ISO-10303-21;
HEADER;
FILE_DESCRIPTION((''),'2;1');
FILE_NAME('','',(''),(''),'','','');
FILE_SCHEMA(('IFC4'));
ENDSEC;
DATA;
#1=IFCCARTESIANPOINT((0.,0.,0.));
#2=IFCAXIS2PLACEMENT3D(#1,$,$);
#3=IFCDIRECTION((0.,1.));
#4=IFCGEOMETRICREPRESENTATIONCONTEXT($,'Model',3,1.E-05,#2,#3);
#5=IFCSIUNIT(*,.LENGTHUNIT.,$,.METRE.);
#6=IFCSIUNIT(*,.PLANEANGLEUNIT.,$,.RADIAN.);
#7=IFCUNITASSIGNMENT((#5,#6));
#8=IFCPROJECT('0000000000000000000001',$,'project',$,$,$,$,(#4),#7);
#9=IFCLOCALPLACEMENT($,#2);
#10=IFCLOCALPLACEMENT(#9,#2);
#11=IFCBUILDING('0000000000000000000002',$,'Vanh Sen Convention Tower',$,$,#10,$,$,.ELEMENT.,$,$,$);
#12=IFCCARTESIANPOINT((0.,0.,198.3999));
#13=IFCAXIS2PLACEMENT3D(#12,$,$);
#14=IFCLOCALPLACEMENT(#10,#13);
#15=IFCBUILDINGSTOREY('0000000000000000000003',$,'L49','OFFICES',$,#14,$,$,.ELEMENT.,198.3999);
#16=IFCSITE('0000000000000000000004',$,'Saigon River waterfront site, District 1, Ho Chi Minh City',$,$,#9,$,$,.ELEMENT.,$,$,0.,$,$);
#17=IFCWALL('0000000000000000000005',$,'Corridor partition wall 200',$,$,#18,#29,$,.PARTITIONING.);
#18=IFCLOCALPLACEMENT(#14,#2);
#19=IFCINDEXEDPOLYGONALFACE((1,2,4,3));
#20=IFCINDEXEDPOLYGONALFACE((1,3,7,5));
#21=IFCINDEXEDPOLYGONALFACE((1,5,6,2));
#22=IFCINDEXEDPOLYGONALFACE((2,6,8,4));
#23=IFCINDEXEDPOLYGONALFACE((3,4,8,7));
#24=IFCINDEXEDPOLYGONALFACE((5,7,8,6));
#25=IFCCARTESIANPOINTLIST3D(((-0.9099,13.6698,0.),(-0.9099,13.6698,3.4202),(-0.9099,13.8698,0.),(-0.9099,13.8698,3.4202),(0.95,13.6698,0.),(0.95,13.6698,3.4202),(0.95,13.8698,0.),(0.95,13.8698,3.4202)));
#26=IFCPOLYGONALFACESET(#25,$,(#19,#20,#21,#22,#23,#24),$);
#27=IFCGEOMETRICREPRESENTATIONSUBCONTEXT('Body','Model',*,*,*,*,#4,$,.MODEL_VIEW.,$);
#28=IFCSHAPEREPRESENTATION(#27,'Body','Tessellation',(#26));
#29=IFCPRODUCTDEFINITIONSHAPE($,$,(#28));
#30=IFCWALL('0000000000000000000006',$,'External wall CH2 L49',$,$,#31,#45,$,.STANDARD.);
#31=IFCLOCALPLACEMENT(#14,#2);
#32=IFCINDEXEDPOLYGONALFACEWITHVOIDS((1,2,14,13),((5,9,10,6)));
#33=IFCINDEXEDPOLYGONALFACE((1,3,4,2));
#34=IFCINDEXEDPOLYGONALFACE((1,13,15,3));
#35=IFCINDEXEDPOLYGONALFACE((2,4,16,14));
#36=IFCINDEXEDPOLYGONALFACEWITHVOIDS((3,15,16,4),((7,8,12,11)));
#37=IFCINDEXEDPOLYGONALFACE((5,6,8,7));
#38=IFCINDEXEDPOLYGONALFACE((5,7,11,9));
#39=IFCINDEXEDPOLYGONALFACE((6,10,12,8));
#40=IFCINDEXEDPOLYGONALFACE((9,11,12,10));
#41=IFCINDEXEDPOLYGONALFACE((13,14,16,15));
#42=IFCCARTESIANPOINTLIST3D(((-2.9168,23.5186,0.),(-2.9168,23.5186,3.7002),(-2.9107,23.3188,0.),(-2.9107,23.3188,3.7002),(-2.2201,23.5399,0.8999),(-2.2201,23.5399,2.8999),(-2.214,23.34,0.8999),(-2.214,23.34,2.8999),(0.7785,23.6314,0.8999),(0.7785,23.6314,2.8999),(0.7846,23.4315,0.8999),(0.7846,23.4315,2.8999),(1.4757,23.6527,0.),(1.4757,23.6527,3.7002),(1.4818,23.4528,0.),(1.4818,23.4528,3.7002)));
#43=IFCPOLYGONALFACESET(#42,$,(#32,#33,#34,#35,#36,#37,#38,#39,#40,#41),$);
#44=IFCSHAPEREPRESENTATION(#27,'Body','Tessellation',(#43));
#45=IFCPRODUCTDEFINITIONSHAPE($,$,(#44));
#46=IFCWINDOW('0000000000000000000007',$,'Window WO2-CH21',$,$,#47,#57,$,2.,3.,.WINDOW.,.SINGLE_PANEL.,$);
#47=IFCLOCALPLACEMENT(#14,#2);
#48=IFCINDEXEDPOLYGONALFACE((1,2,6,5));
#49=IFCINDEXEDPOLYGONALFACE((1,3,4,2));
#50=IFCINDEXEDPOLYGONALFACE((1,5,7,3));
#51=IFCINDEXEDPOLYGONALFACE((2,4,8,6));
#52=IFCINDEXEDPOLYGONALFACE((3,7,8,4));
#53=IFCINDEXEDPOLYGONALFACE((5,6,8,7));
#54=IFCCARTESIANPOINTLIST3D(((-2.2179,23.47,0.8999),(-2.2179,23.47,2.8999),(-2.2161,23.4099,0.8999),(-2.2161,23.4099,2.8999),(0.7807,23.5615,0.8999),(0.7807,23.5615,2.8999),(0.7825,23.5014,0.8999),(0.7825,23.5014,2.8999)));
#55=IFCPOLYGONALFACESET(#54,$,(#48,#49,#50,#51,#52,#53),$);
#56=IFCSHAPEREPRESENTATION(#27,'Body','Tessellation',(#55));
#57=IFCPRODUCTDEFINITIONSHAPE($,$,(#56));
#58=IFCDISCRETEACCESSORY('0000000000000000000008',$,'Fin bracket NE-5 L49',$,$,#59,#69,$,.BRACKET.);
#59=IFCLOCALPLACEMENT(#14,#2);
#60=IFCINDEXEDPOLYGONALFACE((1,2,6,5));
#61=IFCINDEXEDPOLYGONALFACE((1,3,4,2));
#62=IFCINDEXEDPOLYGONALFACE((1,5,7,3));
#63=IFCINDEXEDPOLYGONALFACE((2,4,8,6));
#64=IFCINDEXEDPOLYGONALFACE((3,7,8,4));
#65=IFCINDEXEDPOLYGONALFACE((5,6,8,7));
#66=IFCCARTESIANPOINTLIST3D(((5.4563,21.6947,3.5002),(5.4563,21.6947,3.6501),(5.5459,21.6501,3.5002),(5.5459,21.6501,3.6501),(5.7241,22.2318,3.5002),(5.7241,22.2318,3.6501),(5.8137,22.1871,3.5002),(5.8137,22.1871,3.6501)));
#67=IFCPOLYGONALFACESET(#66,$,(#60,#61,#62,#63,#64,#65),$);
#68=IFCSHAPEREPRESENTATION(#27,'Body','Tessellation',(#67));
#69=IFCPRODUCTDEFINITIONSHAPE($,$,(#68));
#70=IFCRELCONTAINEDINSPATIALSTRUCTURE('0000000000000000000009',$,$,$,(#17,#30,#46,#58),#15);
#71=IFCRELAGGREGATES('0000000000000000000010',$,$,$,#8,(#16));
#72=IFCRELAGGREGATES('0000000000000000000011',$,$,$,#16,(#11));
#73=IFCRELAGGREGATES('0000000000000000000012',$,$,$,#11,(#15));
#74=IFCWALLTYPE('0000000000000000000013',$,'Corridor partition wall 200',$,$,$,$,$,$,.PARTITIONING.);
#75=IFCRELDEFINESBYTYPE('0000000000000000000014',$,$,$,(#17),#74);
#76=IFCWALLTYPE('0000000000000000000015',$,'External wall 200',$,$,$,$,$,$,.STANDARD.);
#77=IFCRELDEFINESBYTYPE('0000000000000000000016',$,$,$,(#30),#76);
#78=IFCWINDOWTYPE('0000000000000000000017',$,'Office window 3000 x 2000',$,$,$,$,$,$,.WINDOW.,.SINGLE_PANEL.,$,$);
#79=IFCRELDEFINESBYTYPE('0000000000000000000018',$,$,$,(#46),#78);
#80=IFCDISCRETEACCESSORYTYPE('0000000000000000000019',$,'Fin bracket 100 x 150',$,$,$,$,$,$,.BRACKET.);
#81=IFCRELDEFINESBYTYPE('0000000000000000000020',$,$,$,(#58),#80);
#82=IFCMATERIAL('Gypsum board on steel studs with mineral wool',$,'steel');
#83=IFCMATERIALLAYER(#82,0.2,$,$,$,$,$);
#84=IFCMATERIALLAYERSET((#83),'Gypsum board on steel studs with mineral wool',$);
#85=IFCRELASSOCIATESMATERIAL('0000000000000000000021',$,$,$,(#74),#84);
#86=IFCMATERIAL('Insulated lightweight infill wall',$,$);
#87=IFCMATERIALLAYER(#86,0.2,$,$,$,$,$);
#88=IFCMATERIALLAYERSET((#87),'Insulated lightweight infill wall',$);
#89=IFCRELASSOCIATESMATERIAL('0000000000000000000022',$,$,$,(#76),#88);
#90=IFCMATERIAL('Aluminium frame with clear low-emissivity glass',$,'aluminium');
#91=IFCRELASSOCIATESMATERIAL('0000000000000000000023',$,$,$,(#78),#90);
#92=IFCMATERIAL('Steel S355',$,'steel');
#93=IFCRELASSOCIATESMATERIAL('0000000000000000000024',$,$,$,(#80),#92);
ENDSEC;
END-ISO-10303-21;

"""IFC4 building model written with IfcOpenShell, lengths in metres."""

from ifc_helpers import new_model, si_unit, direction, frame, frame_2d, origin, origin_2d, place, context, subcontext, project, spatial, rectangle, extrude, material, layer, layer_set, type_object, element, fill, save


model = new_model("IFC4")

# Units and contexts
model_context = context("Model", 3, precision=1e-05, world=origin(), true_north=direction((0.0, 1.0)))
body_context = subcontext(model_context, "Body", "Model", "MODEL_VIEW")
ifc_project = project(units=[si_unit("LENGTHUNIT", "METRE"), si_unit("PLANEANGLEUNIT", "RADIAN")], contexts=[model_context])

# Site, building, storey
site_placement = place(None, origin())
site = spatial("IfcSite", under=ifc_project, at=site_placement, Name="Saigon River waterfront site, District 1, Ho Chi Minh City", CompositionType="ELEMENT", RefElevation=0.0)
building_placement = place(site_placement, origin())
building = spatial("IfcBuilding", under=site, at=building_placement, Name="Vanh Sen Convention Tower", CompositionType="ELEMENT")
storey_placement = place(building_placement, frame((0.0, 0.0, 198.3999)))
storey = spatial("IfcBuildingStorey", under=building, at=storey_placement, Name="L49", Description="OFFICES", CompositionType="ELEMENT", Elevation=198.3999)

# Wall
ifc_material_1 = material(Name="Gypsum board on steel studs with mineral wool", Category="steel")
ifc_layer_1 = layer(ifc_material_1, 0.2)
ifc_layer_set_1 = layer_set([ifc_layer_1], Name="Gypsum board on steel studs with mineral wool")
wall_type_1 = type_object("IfcWallType", Name="Corridor partition wall 200", PredefinedType="PARTITIONING", material=ifc_layer_set_1)
wall_1_placement = place(storey_placement, frame((0.95, 13.7698, 0.0), z_axis=(0.0, 0.0, 1.0), x_axis=(-1.0, 0.0, 0.0)))
element("IfcWall", 1, at=wall_1_placement, inside=storey, type_object=wall_type_1, Name="Corridor partition wall 200", PredefinedType="PARTITIONING", context=body_context, shape_type="SweptSolid", body=[
    extrude(rectangle(XDim=1.8599, YDim=0.2, at=frame_2d((0.9299, 0.0))), origin(), (0.0, 0.0, 1.0), 3.4202),
])

# Wall, opening, window
ifc_material_2 = material(Name="Insulated lightweight infill wall")
ifc_layer_2 = layer(ifc_material_2, 0.2)
ifc_layer_set_2 = layer_set([ifc_layer_2], Name="Insulated lightweight infill wall")
wall_type_2 = type_object("IfcWallType", Name="External wall 200", PredefinedType="STANDARD", material=ifc_layer_set_2)
wall_2_placement = place(storey_placement, frame((1.4788, 23.5527, 0.0), z_axis=(0.0, 0.0, 1.0), x_axis=(-0.999535, -0.030499, 0.0)))
wall_2 = element("IfcWall", 2, at=wall_2_placement, inside=storey, type_object=wall_type_2, Name="External wall CH2 L49", PredefinedType="STANDARD", context=body_context, shape_type="SweptSolid", body=[
    extrude(rectangle(XDim=4.3945, YDim=0.2, at=frame_2d((2.1973, 0.0))), origin(), (0.0, 0.0, 1.0), 3.7002),
])
opening_1_placement = place(wall_2_placement, frame((0.6975, 0.0, 0.8999)))
opening_1 = element("IfcOpeningElement", 3, at=opening_1_placement, cuts=wall_2, PredefinedType="OPENING", context=body_context, shape_type="SweptSolid", body=[
    extrude(rectangle(XDim=3.0, YDim=2.0, at=frame_2d((1.5, 1.0))), frame((0.0, 0.1099, 0.0), z_axis=(0.0, -1.0, 0.0), x_axis=(1.0, 0.0, 0.0)), (0.0, 0.0, 1.0), 0.22),
])
ifc_material_3 = material(Name="Aluminium frame with clear low-emissivity glass", Category="aluminium")
window_type = type_object("IfcWindowType", Name="Office window 3000 x 2000", PartitioningType="SINGLE_PANEL", PredefinedType="WINDOW", material=ifc_material_3)
window_placement = place(opening_1_placement, origin())
window = element("IfcWindow", 4, at=window_placement, inside=storey, type_object=window_type, Name="Window WO2-CH21", OverallHeight=2.0, OverallWidth=3.0, PartitioningType="SINGLE_PANEL", PredefinedType="WINDOW", context=body_context, shape_type="SweptSolid", body=[
    extrude(rectangle(XDim=3.0, YDim=2.0, at=frame_2d((1.5, 1.0))), frame((0.0, 0.03, 0.0), z_axis=(0.0, -1.0, 0.0), x_axis=(1.0, 0.0, 0.0)), (0.0, 0.0, 1.0), 0.0601),
])
fill(opening_1, window)

# Discrete accessory
ifc_material_4 = material(Name="Steel S355", Category="steel")
discrete_accessory_type = type_object("IfcDiscreteAccessoryType", Name="Fin bracket 100 x 150", PredefinedType="BRACKET", material=ifc_material_4)
discrete_accessory_placement = place(storey_placement, frame((5.635, 21.9409, 3.5002), z_axis=(0.0, 0.0, 1.0), x_axis=(0.446198, 0.894934, 0.0)))
element("IfcDiscreteAccessory", 5, at=discrete_accessory_placement, inside=storey, type_object=discrete_accessory_type, Name="Fin bracket NE-5 L49", PredefinedType="BRACKET", context=body_context, shape_type="SweptSolid", body=[
    extrude(rectangle(XDim=0.6001, YDim=0.1001, at=origin_2d()), origin(), (0.0, 0.0, 1.0), 0.1499),
])

save(model, "model.ifc")
